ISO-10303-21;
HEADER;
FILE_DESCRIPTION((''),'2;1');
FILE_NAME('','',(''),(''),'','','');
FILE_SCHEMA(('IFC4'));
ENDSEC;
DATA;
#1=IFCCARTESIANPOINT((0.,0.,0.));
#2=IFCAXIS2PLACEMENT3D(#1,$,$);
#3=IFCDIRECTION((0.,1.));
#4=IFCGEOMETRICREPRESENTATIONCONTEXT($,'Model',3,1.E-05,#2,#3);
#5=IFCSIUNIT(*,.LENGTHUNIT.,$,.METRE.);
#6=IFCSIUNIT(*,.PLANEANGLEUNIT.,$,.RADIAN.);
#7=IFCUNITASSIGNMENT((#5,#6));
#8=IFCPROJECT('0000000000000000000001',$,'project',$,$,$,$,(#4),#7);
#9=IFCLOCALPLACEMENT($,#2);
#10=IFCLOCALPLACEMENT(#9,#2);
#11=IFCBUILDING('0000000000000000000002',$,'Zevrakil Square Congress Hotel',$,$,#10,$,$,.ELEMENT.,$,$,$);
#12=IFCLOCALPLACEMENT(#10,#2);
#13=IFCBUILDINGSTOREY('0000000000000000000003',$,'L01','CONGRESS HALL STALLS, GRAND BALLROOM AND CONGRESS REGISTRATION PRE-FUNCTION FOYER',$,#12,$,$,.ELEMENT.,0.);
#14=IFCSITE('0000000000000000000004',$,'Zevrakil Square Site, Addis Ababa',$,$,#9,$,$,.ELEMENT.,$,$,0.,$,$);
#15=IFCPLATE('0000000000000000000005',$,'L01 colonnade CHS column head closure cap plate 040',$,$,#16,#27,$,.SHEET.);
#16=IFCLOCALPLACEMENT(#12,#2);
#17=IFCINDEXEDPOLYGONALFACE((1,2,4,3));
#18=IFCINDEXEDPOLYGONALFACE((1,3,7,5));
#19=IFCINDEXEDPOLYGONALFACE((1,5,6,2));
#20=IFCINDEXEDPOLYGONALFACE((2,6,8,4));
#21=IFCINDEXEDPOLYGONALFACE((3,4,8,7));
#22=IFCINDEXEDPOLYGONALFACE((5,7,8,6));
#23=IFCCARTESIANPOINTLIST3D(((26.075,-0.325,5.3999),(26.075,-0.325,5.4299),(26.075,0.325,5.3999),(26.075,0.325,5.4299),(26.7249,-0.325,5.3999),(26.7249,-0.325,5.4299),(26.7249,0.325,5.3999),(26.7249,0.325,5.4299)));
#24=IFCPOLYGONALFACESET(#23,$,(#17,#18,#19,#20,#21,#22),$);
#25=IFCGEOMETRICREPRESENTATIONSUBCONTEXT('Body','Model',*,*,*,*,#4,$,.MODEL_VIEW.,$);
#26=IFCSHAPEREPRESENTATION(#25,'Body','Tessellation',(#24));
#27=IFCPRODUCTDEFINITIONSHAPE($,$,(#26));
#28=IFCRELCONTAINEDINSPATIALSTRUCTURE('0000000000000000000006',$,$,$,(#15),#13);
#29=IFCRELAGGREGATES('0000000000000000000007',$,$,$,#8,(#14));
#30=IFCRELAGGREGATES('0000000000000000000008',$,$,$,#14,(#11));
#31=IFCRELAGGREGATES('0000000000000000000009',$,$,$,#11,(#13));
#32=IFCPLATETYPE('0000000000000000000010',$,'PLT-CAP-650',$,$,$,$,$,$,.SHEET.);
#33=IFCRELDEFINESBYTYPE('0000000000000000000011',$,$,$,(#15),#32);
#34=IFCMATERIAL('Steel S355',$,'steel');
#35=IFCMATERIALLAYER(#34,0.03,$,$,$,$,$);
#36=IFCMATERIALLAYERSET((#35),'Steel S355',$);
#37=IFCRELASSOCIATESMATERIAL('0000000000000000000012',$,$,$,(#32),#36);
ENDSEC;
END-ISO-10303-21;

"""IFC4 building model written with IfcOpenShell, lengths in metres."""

from ifc_helpers import new_model, si_unit, direction, frame, origin, origin_2d, place, context, subcontext, project, spatial, rectangle, extrude, material, layer, layer_set, type_object, element, save


model = new_model("IFC4")

# Units and contexts
model_context = context("Model", 3, precision=1e-05, world=origin(), true_north=direction((0.0, 1.0)))
body_context = subcontext(model_context, "Body", "Model", "MODEL_VIEW")
ifc_project = project(units=[si_unit("LENGTHUNIT", "METRE"), si_unit("PLANEANGLEUNIT", "RADIAN")], contexts=[model_context])

# Site, building, storey
site_placement = place(None, origin())
site = spatial("IfcSite", under=ifc_project, at=site_placement, Name="Zevrakil Square Site, Addis Ababa", CompositionType="ELEMENT", RefElevation=0.0)
building_placement = place(site_placement, origin())
building = spatial("IfcBuilding", under=site, at=building_placement, Name="Zevrakil Square Congress Hotel", CompositionType="ELEMENT")
storey_placement = place(building_placement, origin())
storey = spatial("IfcBuildingStorey", under=building, at=storey_placement, Name="L01", Description="CONGRESS HALL STALLS, GRAND BALLROOM AND CONGRESS REGISTRATION PRE-FUNCTION FOYER", CompositionType="ELEMENT", Elevation=0.0)

# Plate
ifc_material_1 = material(Name="Steel S355", Category="steel")
ifc_layer_1 = layer(ifc_material_1, 0.03)
ifc_layer_set_1 = layer_set([ifc_layer_1], Name="Steel S355")
plate_type_1 = type_object("IfcPlateType", Name="PLT-CAP-650", PredefinedType="SHEET", material=ifc_layer_set_1)
plate_1_placement = place(storey_placement, frame((26.3999, 0.0, 5.3999), z_axis=(0.0, 0.0, 1.0), x_axis=(1.0, 0.0, 0.0)))
element("IfcPlate", 1, at=plate_1_placement, inside=storey, type_object=plate_type_1, Name="L01 colonnade CHS column head closure cap plate 040", PredefinedType="SHEET", context=body_context, shape_type="SweptSolid", body=[
    extrude(rectangle(XDim=0.6499, YDim=0.6499, at=origin_2d()), origin(), (0.0, 0.0, 1.0), 0.03),
])

save(model, "model.ifc")
